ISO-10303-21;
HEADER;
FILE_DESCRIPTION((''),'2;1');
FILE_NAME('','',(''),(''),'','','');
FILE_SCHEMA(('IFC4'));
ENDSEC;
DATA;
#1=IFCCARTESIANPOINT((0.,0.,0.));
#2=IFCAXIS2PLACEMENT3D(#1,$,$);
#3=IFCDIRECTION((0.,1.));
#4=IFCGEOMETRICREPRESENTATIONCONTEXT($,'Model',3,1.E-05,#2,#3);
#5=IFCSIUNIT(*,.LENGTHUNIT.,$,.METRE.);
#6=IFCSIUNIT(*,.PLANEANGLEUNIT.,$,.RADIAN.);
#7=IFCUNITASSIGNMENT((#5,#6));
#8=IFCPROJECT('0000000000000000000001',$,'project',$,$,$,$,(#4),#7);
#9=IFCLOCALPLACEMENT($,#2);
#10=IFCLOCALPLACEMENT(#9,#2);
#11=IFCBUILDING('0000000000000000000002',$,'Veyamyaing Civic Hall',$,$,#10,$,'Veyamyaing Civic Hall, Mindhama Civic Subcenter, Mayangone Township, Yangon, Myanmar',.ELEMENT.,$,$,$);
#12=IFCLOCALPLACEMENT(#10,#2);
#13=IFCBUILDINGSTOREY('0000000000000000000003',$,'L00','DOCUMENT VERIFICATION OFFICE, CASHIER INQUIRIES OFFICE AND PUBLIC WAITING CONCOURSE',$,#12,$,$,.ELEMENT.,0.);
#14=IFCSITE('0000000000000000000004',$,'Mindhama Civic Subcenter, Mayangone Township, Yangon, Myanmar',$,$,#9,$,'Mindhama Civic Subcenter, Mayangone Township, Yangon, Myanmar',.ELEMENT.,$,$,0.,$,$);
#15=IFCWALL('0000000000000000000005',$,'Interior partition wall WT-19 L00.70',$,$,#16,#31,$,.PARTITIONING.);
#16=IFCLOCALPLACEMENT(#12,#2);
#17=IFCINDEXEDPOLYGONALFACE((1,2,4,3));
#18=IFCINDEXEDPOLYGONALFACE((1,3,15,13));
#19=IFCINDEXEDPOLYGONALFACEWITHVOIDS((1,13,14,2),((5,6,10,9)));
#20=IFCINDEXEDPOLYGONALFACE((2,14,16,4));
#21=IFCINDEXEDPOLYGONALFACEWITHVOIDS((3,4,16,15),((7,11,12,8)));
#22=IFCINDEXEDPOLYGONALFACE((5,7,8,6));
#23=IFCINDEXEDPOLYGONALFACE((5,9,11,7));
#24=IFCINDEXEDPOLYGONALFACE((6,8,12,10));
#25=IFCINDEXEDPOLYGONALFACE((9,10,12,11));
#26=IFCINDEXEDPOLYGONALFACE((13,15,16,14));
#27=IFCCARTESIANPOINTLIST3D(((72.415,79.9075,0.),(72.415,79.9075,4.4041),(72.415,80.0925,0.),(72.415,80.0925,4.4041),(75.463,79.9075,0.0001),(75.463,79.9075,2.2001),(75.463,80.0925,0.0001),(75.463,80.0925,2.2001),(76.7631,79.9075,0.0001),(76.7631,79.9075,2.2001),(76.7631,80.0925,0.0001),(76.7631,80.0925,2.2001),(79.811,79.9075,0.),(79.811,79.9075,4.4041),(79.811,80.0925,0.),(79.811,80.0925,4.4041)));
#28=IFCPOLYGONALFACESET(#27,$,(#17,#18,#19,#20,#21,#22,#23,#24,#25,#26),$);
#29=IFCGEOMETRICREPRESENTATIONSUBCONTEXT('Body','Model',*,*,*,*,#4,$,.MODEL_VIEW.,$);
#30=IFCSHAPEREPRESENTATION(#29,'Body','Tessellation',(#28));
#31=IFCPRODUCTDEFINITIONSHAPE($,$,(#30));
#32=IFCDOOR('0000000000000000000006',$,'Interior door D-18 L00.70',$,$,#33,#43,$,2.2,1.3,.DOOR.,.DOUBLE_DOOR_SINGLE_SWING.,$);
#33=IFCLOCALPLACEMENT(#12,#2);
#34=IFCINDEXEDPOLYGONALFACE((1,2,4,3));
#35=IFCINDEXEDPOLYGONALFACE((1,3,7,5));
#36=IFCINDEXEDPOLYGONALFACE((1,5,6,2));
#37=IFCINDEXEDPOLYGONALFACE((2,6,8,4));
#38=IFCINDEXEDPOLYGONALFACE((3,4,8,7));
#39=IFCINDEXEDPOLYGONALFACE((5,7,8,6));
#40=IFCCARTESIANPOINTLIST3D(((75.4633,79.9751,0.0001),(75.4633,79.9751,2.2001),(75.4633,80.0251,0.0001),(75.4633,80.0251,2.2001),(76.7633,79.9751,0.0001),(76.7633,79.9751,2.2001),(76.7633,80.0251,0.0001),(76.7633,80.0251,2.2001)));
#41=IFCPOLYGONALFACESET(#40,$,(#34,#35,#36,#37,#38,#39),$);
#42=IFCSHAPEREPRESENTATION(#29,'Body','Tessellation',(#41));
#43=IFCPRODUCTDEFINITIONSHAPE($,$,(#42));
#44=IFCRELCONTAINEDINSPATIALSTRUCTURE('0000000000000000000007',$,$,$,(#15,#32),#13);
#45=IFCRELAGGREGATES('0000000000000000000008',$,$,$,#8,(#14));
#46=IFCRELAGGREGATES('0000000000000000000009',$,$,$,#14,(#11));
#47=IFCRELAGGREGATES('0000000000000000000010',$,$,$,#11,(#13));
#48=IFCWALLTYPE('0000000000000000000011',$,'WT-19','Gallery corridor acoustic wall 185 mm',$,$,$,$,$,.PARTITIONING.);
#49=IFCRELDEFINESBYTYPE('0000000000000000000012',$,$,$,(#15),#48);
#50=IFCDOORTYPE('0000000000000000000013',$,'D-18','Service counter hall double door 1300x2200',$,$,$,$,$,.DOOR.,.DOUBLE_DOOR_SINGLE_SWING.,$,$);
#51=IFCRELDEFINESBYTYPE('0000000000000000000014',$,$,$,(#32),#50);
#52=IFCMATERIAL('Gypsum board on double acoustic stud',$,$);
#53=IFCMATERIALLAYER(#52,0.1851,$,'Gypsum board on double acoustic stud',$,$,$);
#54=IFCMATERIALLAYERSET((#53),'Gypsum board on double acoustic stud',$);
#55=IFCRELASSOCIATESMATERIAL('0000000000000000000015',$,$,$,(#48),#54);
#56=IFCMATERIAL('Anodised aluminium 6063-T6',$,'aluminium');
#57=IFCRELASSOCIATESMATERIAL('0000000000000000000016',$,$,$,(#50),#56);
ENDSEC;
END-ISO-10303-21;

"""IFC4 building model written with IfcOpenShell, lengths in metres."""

from ifc_helpers import new_model, si_unit, direction, frame, frame_2d, origin, place, context, subcontext, project, spatial, rectangle, extrude, material, layer, layer_set, type_object, element, fill, save


model = new_model("IFC4")

# Units and contexts
model_context = context("Model", 3, precision=1e-05, world=origin(), true_north=direction((0.0, 1.0)))
body_context = subcontext(model_context, "Body", "Model", "MODEL_VIEW")
ifc_project = project(units=[si_unit("LENGTHUNIT", "METRE"), si_unit("PLANEANGLEUNIT", "RADIAN")], contexts=[model_context])

# Site, building, storey
site_placement = place(None, origin())
site = spatial("IfcSite", under=ifc_project, at=site_placement, Name="Mindhama Civic Subcenter, Mayangone Township, Yangon, Myanmar", LongName="Mindhama Civic Subcenter, Mayangone Township, Yangon, Myanmar", CompositionType="ELEMENT", RefElevation=0.0)
building_placement = place(site_placement, origin())
building = spatial("IfcBuilding", under=site, at=building_placement, Name="Veyamyaing Civic Hall", LongName="Veyamyaing Civic Hall, Mindhama Civic Subcenter, Mayangone Township, Yangon, Myanmar", CompositionType="ELEMENT")
storey_placement = place(building_placement, origin())
storey = spatial("IfcBuildingStorey", under=building, at=storey_placement, Name="L00", Description="DOCUMENT VERIFICATION OFFICE, CASHIER INQUIRIES OFFICE AND PUBLIC WAITING CONCOURSE", CompositionType="ELEMENT", Elevation=0.0)

# Shared definitions
ifc_material_1 = material(Name="Gypsum board on double acoustic stud")
ifc_layer_1 = layer(ifc_material_1, 0.1851, Name="Gypsum board on double acoustic stud")
ifc_layer_set_1 = layer_set([ifc_layer_1], Name="Gypsum board on double acoustic stud")
wall_type_1 = type_object("IfcWallType", Name="WT-19", Description="Gallery corridor acoustic wall 185 mm", PredefinedType="PARTITIONING", material=ifc_layer_set_1)

# Wall, opening, door
wall_1_placement = place(storey_placement, frame((72.415, 80.0, 0.0), z_axis=(0.0, 0.0, 1.0), x_axis=(1.0, 0.0, 0.0)))
wall_1 = element("IfcWall", 1, at=wall_1_placement, inside=storey, type_object=wall_type_1, Name="Interior partition wall WT-19 L00.70", PredefinedType="PARTITIONING", context=body_context, shape_type="SweptSolid", body=[
    extrude(rectangle(XDim=7.396, YDim=0.1851, at=frame_2d((3.698, 0.0))), origin(), (0.0, 0.0, 1.0), 4.4041),
])
opening_1_placement = place(wall_1_placement, frame((3.0481, 0.0, 0.0)))
opening_1 = element("IfcOpeningElement", 2, at=opening_1_placement, cuts=wall_1, PredefinedType="OPENING", context=body_context, shape_type="SweptSolid", body=[
    extrude(rectangle(XDim=1.3, YDim=2.2, at=frame_2d((0.6499, 1.1001))), frame((0.0, 0.1025, 0.0), z_axis=(0.0, -1.0, 0.0), x_axis=(1.0, 0.0, 0.0)), (0.0, 0.0, 1.0), 0.2051),
])
ifc_material_2 = material(Name="Anodised aluminium 6063-T6", Category="aluminium")
door_type_1 = type_object("IfcDoorType", Name="D-18", Description="Service counter hall double door 1300x2200", OperationType="DOUBLE_DOOR_SINGLE_SWING", PredefinedType="DOOR", material=ifc_material_2)
door_1_placement = place(opening_1_placement, frame((1.3, 0.0, 0.0), z_axis=(0.0, 0.0, 1.0), x_axis=(-1.0, 0.0, 0.0)))
door_1 = element("IfcDoor", 3, at=door_1_placement, inside=storey, type_object=door_type_1, Name="Interior door D-18 L00.70", OperationType="DOUBLE_DOOR_SINGLE_SWING", OverallHeight=2.2, OverallWidth=1.3, PredefinedType="DOOR", context=body_context, shape_type="SweptSolid", body=[
    extrude(rectangle(XDim=1.3, YDim=2.2, at=frame_2d((0.6499, 1.1001))), frame((0.0, 0.0249, 0.0), z_axis=(0.0, -1.0, 0.0), x_axis=(1.0, 0.0, 0.0)), (0.0, 0.0, 1.0), 0.05),
])
fill(opening_1, door_1)

save(model, "model.ifc")
